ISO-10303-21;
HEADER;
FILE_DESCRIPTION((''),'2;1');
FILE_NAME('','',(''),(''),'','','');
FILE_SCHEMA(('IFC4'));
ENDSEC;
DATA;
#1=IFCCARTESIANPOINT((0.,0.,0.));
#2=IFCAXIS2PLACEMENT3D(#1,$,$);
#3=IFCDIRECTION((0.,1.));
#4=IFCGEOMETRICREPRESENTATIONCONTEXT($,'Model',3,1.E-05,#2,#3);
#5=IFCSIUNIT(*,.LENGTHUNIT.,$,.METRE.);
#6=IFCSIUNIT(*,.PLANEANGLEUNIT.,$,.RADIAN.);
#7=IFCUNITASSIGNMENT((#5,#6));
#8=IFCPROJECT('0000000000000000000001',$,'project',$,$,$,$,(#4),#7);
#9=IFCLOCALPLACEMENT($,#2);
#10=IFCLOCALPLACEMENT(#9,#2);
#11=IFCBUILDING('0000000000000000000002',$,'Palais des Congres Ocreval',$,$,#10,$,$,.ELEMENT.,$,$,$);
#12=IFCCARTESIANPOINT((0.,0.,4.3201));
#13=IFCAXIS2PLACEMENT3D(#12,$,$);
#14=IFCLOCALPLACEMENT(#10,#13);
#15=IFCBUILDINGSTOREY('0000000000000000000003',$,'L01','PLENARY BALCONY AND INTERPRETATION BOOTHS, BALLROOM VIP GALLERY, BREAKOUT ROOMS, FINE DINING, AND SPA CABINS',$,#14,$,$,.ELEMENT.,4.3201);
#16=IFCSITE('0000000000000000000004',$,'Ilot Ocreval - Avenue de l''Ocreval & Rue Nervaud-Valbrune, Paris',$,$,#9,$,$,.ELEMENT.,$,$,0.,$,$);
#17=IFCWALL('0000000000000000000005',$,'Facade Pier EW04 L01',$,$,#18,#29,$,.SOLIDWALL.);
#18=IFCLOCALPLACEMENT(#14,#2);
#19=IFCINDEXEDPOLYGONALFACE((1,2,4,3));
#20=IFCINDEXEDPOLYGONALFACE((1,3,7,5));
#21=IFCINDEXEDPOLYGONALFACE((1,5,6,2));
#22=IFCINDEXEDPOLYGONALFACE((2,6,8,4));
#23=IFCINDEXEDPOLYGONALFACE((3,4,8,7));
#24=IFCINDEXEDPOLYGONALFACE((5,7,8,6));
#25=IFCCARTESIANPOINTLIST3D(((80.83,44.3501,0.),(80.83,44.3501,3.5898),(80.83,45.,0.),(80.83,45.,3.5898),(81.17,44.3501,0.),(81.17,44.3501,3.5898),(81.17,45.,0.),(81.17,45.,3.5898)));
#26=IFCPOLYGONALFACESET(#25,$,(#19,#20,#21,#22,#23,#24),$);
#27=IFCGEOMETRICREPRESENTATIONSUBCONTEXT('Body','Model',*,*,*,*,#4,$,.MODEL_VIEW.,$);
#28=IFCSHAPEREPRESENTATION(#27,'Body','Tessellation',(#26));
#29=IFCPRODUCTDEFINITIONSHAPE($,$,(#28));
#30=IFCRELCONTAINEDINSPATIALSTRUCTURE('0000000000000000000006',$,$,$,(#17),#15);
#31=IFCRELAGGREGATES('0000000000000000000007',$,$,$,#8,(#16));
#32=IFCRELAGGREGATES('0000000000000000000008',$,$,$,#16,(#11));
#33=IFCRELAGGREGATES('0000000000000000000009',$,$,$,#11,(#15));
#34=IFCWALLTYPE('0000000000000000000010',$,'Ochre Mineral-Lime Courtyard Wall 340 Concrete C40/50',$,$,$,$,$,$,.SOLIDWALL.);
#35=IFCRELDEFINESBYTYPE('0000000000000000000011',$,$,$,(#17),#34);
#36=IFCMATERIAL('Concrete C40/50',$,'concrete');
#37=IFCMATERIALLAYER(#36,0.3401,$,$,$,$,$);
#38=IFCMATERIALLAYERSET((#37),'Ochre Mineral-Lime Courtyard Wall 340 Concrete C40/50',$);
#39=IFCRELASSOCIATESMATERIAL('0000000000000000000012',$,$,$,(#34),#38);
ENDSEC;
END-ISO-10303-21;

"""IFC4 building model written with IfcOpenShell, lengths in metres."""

from ifc_helpers import new_model, si_unit, direction, frame, frame_2d, origin, place, context, subcontext, project, spatial, rectangle, extrude, material, layer, layer_set, type_object, element, save


model = new_model("IFC4")

# Units and contexts
model_context = context("Model", 3, precision=1e-05, world=origin(), true_north=direction((0.0, 1.0)))
body_context = subcontext(model_context, "Body", "Model", "MODEL_VIEW")
ifc_project = project(units=[si_unit("LENGTHUNIT", "METRE"), si_unit("PLANEANGLEUNIT", "RADIAN")], contexts=[model_context])

# Site, building, storey
site_placement = place(None, origin())
site = spatial("IfcSite", under=ifc_project, at=site_placement, Name="Ilot Ocreval - Avenue de l'Ocreval & Rue Nervaud-Valbrune, Paris", CompositionType="ELEMENT", RefElevation=0.0)
building_placement = place(site_placement, origin())
building = spatial("IfcBuilding", under=site, at=building_placement, Name="Palais des Congres Ocreval", CompositionType="ELEMENT")
storey_placement = place(building_placement, frame((0.0, 0.0, 4.3201)))
storey = spatial("IfcBuildingStorey", under=building, at=storey_placement, Name="L01", Description="PLENARY BALCONY AND INTERPRETATION BOOTHS, BALLROOM VIP GALLERY, BREAKOUT ROOMS, FINE DINING, AND SPA CABINS", CompositionType="ELEMENT", Elevation=4.3201)

# Wall
ifc_material_1 = material(Name="Concrete C40/50", Category="concrete")
ifc_layer_1 = layer(ifc_material_1, 0.3401)
ifc_layer_set_1 = layer_set([ifc_layer_1], Name="Ochre Mineral-Lime Courtyard Wall 340 Concrete C40/50")
wall_type = type_object("IfcWallType", Name="Ochre Mineral-Lime Courtyard Wall 340 Concrete C40/50", PredefinedType="SOLIDWALL", material=ifc_layer_set_1)
wall_1_placement = place(storey_placement, frame((81.0, 45.0, 0.0), z_axis=(0.0, 0.0, 1.0), x_axis=(0.0, -1.0, 0.0)))
element("IfcWall", 1, at=wall_1_placement, inside=storey, type_object=wall_type, Name="Facade Pier EW04 L01", PredefinedType="SOLIDWALL", context=body_context, shape_type="SweptSolid", body=[
    extrude(rectangle(XDim=0.6499, YDim=0.3401, at=frame_2d((0.325, 0.0))), origin(), (0.0, 0.0, 1.0), 3.5898),
])

save(model, "model.ifc")
